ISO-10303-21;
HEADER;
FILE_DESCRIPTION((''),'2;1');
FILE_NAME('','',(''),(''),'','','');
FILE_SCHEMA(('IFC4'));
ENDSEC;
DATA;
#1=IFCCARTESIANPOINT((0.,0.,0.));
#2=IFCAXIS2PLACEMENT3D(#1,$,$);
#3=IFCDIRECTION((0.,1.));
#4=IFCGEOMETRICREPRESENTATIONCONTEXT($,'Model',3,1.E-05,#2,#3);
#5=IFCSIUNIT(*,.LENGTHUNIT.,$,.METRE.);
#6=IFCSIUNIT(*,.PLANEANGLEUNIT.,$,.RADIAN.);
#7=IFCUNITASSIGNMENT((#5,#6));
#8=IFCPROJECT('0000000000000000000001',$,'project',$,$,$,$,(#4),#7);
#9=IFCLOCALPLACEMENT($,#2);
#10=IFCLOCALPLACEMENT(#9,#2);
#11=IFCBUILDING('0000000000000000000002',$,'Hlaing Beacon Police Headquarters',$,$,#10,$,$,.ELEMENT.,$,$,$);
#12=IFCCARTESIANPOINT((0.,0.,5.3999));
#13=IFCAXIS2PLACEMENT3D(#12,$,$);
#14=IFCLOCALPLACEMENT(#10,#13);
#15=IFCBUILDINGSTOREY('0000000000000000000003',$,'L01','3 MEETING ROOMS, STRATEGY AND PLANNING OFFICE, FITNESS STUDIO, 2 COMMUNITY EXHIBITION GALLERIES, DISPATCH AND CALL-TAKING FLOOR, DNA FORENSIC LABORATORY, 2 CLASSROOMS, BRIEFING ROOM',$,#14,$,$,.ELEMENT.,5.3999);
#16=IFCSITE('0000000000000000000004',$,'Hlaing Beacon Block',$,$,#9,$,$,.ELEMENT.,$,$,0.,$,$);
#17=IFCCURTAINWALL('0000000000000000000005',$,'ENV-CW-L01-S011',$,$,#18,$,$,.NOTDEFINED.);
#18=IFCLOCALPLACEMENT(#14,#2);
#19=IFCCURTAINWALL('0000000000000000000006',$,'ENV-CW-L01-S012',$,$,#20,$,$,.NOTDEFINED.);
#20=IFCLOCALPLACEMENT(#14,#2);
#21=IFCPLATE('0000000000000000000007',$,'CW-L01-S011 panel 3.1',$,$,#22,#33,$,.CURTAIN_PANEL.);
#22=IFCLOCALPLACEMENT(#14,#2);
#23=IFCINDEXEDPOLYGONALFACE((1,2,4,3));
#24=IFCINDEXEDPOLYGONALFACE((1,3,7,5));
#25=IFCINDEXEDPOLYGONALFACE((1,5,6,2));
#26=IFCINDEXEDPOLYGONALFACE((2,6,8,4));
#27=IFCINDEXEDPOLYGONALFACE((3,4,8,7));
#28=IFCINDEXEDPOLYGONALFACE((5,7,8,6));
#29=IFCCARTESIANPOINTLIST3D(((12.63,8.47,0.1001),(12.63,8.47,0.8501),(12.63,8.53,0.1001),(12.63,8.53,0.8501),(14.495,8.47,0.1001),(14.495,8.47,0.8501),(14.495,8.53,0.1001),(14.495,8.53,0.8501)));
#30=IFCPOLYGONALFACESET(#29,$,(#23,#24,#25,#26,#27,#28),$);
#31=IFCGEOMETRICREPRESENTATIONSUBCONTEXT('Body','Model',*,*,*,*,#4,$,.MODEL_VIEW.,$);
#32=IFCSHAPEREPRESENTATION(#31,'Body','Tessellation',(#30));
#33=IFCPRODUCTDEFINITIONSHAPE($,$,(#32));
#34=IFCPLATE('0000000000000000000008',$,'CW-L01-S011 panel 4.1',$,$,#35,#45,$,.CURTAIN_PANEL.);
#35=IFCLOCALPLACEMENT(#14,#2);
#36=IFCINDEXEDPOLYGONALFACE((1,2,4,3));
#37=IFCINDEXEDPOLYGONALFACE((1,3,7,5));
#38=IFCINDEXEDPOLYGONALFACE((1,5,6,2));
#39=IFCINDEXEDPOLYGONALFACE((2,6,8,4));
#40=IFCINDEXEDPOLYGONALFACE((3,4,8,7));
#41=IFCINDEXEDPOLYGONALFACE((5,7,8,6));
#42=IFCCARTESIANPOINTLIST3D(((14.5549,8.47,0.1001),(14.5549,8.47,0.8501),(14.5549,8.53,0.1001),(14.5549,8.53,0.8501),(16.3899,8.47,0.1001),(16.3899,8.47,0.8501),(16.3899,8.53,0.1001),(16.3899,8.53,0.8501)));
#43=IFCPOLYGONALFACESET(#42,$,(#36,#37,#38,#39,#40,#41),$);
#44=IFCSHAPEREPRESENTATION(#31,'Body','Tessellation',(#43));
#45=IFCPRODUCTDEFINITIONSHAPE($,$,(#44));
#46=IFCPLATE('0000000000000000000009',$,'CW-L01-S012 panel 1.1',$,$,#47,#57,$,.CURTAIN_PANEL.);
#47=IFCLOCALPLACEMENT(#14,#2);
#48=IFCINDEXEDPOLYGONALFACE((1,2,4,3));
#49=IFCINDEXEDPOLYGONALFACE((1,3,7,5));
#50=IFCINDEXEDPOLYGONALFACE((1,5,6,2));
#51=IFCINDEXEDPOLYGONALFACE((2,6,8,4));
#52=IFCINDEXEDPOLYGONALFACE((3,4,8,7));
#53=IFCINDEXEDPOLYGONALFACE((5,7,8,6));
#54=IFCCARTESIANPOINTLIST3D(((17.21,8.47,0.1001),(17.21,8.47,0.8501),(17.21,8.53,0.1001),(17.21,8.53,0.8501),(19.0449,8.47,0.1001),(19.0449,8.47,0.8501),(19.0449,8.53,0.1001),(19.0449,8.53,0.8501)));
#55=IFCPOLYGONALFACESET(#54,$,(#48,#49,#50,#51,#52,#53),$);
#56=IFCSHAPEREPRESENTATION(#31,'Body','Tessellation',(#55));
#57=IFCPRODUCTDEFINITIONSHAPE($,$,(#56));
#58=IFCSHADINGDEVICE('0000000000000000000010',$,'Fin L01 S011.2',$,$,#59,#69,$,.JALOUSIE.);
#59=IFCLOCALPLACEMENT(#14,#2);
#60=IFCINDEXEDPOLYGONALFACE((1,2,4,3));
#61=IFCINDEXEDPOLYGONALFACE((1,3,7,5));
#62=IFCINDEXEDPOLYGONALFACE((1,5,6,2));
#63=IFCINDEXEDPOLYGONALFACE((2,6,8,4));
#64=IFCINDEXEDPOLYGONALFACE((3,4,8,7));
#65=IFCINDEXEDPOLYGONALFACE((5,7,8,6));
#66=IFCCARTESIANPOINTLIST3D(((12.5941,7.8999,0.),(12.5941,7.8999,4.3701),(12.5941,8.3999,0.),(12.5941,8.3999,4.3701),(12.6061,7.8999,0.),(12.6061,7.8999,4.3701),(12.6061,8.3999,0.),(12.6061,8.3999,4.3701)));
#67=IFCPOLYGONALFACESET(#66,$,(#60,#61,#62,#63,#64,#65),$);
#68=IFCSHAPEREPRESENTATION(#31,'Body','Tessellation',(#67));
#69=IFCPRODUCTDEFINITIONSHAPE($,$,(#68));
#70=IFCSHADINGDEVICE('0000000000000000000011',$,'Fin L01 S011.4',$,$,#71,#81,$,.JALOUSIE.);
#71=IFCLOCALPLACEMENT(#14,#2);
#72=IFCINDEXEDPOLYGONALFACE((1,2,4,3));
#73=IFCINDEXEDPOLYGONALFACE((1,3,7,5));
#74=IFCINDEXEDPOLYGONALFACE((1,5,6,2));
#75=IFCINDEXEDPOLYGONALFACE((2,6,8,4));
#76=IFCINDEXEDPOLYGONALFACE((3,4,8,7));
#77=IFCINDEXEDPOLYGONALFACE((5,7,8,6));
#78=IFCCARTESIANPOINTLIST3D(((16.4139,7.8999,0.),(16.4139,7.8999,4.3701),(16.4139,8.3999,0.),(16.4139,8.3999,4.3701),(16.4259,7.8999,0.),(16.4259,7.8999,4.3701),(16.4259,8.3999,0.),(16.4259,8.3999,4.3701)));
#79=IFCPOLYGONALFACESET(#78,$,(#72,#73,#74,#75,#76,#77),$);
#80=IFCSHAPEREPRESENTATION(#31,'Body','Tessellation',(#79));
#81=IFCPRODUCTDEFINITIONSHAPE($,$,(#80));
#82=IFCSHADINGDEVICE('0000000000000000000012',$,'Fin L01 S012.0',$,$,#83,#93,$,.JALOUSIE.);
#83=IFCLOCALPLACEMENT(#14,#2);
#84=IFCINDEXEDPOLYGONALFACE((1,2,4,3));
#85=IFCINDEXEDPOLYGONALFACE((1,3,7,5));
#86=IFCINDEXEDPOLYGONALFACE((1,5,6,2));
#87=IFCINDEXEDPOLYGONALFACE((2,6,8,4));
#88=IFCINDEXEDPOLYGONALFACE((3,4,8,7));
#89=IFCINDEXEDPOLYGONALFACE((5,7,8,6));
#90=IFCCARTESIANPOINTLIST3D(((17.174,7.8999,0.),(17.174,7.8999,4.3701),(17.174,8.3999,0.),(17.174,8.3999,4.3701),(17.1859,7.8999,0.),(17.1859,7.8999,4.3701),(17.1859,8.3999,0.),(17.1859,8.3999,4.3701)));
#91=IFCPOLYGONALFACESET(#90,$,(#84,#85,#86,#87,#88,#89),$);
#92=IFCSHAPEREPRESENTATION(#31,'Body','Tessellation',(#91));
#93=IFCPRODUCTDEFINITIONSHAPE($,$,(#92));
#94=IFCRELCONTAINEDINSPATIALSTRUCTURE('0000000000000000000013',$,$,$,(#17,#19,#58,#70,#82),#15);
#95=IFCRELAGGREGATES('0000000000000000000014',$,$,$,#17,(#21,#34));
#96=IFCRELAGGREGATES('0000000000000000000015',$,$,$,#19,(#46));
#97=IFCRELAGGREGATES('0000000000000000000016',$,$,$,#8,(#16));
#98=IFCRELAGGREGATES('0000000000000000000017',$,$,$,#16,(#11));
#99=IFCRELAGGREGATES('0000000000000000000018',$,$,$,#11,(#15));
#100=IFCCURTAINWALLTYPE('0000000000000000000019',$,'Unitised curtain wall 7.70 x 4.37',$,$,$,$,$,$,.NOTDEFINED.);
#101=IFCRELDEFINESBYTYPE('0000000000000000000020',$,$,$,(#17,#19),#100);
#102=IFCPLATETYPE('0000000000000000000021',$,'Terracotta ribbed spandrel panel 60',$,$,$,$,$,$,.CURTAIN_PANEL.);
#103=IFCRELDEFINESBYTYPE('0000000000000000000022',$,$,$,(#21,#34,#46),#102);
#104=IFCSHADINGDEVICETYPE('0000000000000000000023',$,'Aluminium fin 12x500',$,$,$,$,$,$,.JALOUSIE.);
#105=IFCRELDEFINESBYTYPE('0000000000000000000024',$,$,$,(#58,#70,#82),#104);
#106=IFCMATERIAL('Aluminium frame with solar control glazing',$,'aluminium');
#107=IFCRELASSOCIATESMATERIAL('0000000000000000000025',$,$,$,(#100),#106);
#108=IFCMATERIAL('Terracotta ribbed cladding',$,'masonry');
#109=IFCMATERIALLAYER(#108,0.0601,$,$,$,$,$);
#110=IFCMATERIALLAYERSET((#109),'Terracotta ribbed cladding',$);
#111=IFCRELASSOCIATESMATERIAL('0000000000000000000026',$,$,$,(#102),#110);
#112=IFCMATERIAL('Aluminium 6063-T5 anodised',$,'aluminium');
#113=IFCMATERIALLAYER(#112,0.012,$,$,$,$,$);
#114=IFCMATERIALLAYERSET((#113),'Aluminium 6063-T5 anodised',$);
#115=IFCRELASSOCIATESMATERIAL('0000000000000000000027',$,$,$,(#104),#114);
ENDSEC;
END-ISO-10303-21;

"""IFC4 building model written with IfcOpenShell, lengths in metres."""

from ifc_helpers import new_model, si_unit, direction, frame, origin, origin_2d, place, context, subcontext, project, spatial, rectangle, extrude, material, layer, layer_set, type_object, element, aggregate, save


model = new_model("IFC4")

# Units and contexts
model_context = context("Model", 3, precision=1e-05, world=origin(), true_north=direction((0.0, 1.0)))
body_context = subcontext(model_context, "Body", "Model", "MODEL_VIEW")
ifc_project = project(units=[si_unit("LENGTHUNIT", "METRE"), si_unit("PLANEANGLEUNIT", "RADIAN")], contexts=[model_context])

# Site, building, storey
site_placement = place(None, origin())
site = spatial("IfcSite", under=ifc_project, at=site_placement, Name="Hlaing Beacon Block", CompositionType="ELEMENT", RefElevation=0.0)
building_placement = place(site_placement, origin())
building = spatial("IfcBuilding", under=site, at=building_placement, Name="Hlaing Beacon Police Headquarters", CompositionType="ELEMENT")
storey_placement = place(building_placement, frame((0.0, 0.0, 5.3999)))
storey = spatial("IfcBuildingStorey", under=building, at=storey_placement, Name="L01", Description="3 MEETING ROOMS, STRATEGY AND PLANNING OFFICE, FITNESS STUDIO, 2 COMMUNITY EXHIBITION GALLERIES, DISPATCH AND CALL-TAKING FLOOR, DNA FORENSIC LABORATORY, 2 CLASSROOMS, BRIEFING ROOM", CompositionType="ELEMENT", Elevation=5.3999)

# Curtain walls
ifc_material_1 = material(Name="Aluminium frame with solar control glazing", Category="aluminium")
curtain_wall_type = type_object("IfcCurtainWallType", Name="Unitised curtain wall 7.70 x 4.37", PredefinedType="NOTDEFINED", material=ifc_material_1)
curtain_wall_1_placement = place(storey_placement, origin())
curtain_wall_1 = element("IfcCurtainWall", 1, at=curtain_wall_1_placement, inside=storey, type_object=curtain_wall_type, Name="ENV-CW-L01-S011", PredefinedType="NOTDEFINED")
curtain_wall_2_placement = place(storey_placement, origin())
curtain_wall_2 = element("IfcCurtainWall", 2, at=curtain_wall_2_placement, inside=storey, type_object=curtain_wall_type, Name="ENV-CW-L01-S012", PredefinedType="NOTDEFINED")

# Plates
ifc_material_2 = material(Name="Terracotta ribbed cladding", Category="masonry")
ifc_layer_1 = layer(ifc_material_2, 0.0601)
ifc_layer_set_1 = layer_set([ifc_layer_1], Name="Terracotta ribbed cladding")
plate_type_1 = type_object("IfcPlateType", Name="Terracotta ribbed spandrel panel 60", PredefinedType="CURTAIN_PANEL", material=ifc_layer_set_1)
plate_1_placement = place(storey_placement, frame((13.5625, 8.5, 0.1001), z_axis=(0.0, 0.0, 1.0), x_axis=(1.0, 0.0, 0.0)))
plate_1 = element("IfcPlate", 3, at=plate_1_placement, type_object=plate_type_1, Name="CW-L01-S011 panel 3.1", PredefinedType="CURTAIN_PANEL", context=body_context, shape_type="SweptSolid", body=[
    extrude(rectangle(XDim=1.865, YDim=0.0601, at=origin_2d()), origin(), (0.0, 0.0, 1.0), 0.75),
])
plate_2_placement = place(storey_placement, frame((15.4724, 8.5, 0.1001), z_axis=(0.0, 0.0, 1.0), x_axis=(1.0, 0.0, 0.0)))
plate_2 = element("IfcPlate", 4, at=plate_2_placement, type_object=plate_type_1, Name="CW-L01-S011 panel 4.1", PredefinedType="CURTAIN_PANEL", context=body_context, shape_type="SweptSolid", body=[
    extrude(rectangle(XDim=1.835, YDim=0.0601, at=origin_2d()), origin(), (0.0, 0.0, 1.0), 0.75),
])
aggregate(curtain_wall_1, [plate_1, plate_2])
plate_3_placement = place(storey_placement, frame((18.1274, 8.5, 0.1001), z_axis=(0.0, 0.0, 1.0), x_axis=(1.0, 0.0, 0.0)))
plate_3 = element("IfcPlate", 5, at=plate_3_placement, type_object=plate_type_1, Name="CW-L01-S012 panel 1.1", PredefinedType="CURTAIN_PANEL", context=body_context, shape_type="SweptSolid", body=[
    extrude(rectangle(XDim=1.835, YDim=0.0601, at=origin_2d()), origin(), (0.0, 0.0, 1.0), 0.75),
])
aggregate(curtain_wall_2, [plate_3])

# Shading devices
ifc_material_3 = material(Name="Aluminium 6063-T5 anodised", Category="aluminium")
ifc_layer_2 = layer(ifc_material_3, 0.012)
ifc_layer_set_2 = layer_set([ifc_layer_2], Name="Aluminium 6063-T5 anodised")
shading_device_type = type_object("IfcShadingDeviceType", Name="Aluminium fin 12x500", PredefinedType="JALOUSIE", material=ifc_layer_set_2)
for number, where, z_axis, x_axis, name in (
    (6, (12.6001, 8.1499, 0.0), (0.0, 0.0, 1.0), (1.0, 0.0, 0.0), "Fin L01 S011.2"),
    (7, (16.4199, 8.1499, 0.0), (0.0, 0.0, 1.0), (1.0, 0.0, 0.0), "Fin L01 S011.4"),
    (8, (17.1799, 8.1499, 0.0), (0.0, 0.0, 1.0), (1.0, 0.0, 0.0), "Fin L01 S012.0"),
):
    element("IfcShadingDevice", number, at=place(storey_placement, frame(where, z_axis=z_axis, x_axis=x_axis)), inside=storey, type_object=shading_device_type, Name=name, PredefinedType="JALOUSIE", context=body_context, shape_type="SweptSolid", body=[
        extrude(rectangle(XDim=0.012, YDim=0.5, at=origin_2d()), origin(), (0.0, 0.0, 1.0), 4.3701),
    ])

save(model, "model.ifc")
